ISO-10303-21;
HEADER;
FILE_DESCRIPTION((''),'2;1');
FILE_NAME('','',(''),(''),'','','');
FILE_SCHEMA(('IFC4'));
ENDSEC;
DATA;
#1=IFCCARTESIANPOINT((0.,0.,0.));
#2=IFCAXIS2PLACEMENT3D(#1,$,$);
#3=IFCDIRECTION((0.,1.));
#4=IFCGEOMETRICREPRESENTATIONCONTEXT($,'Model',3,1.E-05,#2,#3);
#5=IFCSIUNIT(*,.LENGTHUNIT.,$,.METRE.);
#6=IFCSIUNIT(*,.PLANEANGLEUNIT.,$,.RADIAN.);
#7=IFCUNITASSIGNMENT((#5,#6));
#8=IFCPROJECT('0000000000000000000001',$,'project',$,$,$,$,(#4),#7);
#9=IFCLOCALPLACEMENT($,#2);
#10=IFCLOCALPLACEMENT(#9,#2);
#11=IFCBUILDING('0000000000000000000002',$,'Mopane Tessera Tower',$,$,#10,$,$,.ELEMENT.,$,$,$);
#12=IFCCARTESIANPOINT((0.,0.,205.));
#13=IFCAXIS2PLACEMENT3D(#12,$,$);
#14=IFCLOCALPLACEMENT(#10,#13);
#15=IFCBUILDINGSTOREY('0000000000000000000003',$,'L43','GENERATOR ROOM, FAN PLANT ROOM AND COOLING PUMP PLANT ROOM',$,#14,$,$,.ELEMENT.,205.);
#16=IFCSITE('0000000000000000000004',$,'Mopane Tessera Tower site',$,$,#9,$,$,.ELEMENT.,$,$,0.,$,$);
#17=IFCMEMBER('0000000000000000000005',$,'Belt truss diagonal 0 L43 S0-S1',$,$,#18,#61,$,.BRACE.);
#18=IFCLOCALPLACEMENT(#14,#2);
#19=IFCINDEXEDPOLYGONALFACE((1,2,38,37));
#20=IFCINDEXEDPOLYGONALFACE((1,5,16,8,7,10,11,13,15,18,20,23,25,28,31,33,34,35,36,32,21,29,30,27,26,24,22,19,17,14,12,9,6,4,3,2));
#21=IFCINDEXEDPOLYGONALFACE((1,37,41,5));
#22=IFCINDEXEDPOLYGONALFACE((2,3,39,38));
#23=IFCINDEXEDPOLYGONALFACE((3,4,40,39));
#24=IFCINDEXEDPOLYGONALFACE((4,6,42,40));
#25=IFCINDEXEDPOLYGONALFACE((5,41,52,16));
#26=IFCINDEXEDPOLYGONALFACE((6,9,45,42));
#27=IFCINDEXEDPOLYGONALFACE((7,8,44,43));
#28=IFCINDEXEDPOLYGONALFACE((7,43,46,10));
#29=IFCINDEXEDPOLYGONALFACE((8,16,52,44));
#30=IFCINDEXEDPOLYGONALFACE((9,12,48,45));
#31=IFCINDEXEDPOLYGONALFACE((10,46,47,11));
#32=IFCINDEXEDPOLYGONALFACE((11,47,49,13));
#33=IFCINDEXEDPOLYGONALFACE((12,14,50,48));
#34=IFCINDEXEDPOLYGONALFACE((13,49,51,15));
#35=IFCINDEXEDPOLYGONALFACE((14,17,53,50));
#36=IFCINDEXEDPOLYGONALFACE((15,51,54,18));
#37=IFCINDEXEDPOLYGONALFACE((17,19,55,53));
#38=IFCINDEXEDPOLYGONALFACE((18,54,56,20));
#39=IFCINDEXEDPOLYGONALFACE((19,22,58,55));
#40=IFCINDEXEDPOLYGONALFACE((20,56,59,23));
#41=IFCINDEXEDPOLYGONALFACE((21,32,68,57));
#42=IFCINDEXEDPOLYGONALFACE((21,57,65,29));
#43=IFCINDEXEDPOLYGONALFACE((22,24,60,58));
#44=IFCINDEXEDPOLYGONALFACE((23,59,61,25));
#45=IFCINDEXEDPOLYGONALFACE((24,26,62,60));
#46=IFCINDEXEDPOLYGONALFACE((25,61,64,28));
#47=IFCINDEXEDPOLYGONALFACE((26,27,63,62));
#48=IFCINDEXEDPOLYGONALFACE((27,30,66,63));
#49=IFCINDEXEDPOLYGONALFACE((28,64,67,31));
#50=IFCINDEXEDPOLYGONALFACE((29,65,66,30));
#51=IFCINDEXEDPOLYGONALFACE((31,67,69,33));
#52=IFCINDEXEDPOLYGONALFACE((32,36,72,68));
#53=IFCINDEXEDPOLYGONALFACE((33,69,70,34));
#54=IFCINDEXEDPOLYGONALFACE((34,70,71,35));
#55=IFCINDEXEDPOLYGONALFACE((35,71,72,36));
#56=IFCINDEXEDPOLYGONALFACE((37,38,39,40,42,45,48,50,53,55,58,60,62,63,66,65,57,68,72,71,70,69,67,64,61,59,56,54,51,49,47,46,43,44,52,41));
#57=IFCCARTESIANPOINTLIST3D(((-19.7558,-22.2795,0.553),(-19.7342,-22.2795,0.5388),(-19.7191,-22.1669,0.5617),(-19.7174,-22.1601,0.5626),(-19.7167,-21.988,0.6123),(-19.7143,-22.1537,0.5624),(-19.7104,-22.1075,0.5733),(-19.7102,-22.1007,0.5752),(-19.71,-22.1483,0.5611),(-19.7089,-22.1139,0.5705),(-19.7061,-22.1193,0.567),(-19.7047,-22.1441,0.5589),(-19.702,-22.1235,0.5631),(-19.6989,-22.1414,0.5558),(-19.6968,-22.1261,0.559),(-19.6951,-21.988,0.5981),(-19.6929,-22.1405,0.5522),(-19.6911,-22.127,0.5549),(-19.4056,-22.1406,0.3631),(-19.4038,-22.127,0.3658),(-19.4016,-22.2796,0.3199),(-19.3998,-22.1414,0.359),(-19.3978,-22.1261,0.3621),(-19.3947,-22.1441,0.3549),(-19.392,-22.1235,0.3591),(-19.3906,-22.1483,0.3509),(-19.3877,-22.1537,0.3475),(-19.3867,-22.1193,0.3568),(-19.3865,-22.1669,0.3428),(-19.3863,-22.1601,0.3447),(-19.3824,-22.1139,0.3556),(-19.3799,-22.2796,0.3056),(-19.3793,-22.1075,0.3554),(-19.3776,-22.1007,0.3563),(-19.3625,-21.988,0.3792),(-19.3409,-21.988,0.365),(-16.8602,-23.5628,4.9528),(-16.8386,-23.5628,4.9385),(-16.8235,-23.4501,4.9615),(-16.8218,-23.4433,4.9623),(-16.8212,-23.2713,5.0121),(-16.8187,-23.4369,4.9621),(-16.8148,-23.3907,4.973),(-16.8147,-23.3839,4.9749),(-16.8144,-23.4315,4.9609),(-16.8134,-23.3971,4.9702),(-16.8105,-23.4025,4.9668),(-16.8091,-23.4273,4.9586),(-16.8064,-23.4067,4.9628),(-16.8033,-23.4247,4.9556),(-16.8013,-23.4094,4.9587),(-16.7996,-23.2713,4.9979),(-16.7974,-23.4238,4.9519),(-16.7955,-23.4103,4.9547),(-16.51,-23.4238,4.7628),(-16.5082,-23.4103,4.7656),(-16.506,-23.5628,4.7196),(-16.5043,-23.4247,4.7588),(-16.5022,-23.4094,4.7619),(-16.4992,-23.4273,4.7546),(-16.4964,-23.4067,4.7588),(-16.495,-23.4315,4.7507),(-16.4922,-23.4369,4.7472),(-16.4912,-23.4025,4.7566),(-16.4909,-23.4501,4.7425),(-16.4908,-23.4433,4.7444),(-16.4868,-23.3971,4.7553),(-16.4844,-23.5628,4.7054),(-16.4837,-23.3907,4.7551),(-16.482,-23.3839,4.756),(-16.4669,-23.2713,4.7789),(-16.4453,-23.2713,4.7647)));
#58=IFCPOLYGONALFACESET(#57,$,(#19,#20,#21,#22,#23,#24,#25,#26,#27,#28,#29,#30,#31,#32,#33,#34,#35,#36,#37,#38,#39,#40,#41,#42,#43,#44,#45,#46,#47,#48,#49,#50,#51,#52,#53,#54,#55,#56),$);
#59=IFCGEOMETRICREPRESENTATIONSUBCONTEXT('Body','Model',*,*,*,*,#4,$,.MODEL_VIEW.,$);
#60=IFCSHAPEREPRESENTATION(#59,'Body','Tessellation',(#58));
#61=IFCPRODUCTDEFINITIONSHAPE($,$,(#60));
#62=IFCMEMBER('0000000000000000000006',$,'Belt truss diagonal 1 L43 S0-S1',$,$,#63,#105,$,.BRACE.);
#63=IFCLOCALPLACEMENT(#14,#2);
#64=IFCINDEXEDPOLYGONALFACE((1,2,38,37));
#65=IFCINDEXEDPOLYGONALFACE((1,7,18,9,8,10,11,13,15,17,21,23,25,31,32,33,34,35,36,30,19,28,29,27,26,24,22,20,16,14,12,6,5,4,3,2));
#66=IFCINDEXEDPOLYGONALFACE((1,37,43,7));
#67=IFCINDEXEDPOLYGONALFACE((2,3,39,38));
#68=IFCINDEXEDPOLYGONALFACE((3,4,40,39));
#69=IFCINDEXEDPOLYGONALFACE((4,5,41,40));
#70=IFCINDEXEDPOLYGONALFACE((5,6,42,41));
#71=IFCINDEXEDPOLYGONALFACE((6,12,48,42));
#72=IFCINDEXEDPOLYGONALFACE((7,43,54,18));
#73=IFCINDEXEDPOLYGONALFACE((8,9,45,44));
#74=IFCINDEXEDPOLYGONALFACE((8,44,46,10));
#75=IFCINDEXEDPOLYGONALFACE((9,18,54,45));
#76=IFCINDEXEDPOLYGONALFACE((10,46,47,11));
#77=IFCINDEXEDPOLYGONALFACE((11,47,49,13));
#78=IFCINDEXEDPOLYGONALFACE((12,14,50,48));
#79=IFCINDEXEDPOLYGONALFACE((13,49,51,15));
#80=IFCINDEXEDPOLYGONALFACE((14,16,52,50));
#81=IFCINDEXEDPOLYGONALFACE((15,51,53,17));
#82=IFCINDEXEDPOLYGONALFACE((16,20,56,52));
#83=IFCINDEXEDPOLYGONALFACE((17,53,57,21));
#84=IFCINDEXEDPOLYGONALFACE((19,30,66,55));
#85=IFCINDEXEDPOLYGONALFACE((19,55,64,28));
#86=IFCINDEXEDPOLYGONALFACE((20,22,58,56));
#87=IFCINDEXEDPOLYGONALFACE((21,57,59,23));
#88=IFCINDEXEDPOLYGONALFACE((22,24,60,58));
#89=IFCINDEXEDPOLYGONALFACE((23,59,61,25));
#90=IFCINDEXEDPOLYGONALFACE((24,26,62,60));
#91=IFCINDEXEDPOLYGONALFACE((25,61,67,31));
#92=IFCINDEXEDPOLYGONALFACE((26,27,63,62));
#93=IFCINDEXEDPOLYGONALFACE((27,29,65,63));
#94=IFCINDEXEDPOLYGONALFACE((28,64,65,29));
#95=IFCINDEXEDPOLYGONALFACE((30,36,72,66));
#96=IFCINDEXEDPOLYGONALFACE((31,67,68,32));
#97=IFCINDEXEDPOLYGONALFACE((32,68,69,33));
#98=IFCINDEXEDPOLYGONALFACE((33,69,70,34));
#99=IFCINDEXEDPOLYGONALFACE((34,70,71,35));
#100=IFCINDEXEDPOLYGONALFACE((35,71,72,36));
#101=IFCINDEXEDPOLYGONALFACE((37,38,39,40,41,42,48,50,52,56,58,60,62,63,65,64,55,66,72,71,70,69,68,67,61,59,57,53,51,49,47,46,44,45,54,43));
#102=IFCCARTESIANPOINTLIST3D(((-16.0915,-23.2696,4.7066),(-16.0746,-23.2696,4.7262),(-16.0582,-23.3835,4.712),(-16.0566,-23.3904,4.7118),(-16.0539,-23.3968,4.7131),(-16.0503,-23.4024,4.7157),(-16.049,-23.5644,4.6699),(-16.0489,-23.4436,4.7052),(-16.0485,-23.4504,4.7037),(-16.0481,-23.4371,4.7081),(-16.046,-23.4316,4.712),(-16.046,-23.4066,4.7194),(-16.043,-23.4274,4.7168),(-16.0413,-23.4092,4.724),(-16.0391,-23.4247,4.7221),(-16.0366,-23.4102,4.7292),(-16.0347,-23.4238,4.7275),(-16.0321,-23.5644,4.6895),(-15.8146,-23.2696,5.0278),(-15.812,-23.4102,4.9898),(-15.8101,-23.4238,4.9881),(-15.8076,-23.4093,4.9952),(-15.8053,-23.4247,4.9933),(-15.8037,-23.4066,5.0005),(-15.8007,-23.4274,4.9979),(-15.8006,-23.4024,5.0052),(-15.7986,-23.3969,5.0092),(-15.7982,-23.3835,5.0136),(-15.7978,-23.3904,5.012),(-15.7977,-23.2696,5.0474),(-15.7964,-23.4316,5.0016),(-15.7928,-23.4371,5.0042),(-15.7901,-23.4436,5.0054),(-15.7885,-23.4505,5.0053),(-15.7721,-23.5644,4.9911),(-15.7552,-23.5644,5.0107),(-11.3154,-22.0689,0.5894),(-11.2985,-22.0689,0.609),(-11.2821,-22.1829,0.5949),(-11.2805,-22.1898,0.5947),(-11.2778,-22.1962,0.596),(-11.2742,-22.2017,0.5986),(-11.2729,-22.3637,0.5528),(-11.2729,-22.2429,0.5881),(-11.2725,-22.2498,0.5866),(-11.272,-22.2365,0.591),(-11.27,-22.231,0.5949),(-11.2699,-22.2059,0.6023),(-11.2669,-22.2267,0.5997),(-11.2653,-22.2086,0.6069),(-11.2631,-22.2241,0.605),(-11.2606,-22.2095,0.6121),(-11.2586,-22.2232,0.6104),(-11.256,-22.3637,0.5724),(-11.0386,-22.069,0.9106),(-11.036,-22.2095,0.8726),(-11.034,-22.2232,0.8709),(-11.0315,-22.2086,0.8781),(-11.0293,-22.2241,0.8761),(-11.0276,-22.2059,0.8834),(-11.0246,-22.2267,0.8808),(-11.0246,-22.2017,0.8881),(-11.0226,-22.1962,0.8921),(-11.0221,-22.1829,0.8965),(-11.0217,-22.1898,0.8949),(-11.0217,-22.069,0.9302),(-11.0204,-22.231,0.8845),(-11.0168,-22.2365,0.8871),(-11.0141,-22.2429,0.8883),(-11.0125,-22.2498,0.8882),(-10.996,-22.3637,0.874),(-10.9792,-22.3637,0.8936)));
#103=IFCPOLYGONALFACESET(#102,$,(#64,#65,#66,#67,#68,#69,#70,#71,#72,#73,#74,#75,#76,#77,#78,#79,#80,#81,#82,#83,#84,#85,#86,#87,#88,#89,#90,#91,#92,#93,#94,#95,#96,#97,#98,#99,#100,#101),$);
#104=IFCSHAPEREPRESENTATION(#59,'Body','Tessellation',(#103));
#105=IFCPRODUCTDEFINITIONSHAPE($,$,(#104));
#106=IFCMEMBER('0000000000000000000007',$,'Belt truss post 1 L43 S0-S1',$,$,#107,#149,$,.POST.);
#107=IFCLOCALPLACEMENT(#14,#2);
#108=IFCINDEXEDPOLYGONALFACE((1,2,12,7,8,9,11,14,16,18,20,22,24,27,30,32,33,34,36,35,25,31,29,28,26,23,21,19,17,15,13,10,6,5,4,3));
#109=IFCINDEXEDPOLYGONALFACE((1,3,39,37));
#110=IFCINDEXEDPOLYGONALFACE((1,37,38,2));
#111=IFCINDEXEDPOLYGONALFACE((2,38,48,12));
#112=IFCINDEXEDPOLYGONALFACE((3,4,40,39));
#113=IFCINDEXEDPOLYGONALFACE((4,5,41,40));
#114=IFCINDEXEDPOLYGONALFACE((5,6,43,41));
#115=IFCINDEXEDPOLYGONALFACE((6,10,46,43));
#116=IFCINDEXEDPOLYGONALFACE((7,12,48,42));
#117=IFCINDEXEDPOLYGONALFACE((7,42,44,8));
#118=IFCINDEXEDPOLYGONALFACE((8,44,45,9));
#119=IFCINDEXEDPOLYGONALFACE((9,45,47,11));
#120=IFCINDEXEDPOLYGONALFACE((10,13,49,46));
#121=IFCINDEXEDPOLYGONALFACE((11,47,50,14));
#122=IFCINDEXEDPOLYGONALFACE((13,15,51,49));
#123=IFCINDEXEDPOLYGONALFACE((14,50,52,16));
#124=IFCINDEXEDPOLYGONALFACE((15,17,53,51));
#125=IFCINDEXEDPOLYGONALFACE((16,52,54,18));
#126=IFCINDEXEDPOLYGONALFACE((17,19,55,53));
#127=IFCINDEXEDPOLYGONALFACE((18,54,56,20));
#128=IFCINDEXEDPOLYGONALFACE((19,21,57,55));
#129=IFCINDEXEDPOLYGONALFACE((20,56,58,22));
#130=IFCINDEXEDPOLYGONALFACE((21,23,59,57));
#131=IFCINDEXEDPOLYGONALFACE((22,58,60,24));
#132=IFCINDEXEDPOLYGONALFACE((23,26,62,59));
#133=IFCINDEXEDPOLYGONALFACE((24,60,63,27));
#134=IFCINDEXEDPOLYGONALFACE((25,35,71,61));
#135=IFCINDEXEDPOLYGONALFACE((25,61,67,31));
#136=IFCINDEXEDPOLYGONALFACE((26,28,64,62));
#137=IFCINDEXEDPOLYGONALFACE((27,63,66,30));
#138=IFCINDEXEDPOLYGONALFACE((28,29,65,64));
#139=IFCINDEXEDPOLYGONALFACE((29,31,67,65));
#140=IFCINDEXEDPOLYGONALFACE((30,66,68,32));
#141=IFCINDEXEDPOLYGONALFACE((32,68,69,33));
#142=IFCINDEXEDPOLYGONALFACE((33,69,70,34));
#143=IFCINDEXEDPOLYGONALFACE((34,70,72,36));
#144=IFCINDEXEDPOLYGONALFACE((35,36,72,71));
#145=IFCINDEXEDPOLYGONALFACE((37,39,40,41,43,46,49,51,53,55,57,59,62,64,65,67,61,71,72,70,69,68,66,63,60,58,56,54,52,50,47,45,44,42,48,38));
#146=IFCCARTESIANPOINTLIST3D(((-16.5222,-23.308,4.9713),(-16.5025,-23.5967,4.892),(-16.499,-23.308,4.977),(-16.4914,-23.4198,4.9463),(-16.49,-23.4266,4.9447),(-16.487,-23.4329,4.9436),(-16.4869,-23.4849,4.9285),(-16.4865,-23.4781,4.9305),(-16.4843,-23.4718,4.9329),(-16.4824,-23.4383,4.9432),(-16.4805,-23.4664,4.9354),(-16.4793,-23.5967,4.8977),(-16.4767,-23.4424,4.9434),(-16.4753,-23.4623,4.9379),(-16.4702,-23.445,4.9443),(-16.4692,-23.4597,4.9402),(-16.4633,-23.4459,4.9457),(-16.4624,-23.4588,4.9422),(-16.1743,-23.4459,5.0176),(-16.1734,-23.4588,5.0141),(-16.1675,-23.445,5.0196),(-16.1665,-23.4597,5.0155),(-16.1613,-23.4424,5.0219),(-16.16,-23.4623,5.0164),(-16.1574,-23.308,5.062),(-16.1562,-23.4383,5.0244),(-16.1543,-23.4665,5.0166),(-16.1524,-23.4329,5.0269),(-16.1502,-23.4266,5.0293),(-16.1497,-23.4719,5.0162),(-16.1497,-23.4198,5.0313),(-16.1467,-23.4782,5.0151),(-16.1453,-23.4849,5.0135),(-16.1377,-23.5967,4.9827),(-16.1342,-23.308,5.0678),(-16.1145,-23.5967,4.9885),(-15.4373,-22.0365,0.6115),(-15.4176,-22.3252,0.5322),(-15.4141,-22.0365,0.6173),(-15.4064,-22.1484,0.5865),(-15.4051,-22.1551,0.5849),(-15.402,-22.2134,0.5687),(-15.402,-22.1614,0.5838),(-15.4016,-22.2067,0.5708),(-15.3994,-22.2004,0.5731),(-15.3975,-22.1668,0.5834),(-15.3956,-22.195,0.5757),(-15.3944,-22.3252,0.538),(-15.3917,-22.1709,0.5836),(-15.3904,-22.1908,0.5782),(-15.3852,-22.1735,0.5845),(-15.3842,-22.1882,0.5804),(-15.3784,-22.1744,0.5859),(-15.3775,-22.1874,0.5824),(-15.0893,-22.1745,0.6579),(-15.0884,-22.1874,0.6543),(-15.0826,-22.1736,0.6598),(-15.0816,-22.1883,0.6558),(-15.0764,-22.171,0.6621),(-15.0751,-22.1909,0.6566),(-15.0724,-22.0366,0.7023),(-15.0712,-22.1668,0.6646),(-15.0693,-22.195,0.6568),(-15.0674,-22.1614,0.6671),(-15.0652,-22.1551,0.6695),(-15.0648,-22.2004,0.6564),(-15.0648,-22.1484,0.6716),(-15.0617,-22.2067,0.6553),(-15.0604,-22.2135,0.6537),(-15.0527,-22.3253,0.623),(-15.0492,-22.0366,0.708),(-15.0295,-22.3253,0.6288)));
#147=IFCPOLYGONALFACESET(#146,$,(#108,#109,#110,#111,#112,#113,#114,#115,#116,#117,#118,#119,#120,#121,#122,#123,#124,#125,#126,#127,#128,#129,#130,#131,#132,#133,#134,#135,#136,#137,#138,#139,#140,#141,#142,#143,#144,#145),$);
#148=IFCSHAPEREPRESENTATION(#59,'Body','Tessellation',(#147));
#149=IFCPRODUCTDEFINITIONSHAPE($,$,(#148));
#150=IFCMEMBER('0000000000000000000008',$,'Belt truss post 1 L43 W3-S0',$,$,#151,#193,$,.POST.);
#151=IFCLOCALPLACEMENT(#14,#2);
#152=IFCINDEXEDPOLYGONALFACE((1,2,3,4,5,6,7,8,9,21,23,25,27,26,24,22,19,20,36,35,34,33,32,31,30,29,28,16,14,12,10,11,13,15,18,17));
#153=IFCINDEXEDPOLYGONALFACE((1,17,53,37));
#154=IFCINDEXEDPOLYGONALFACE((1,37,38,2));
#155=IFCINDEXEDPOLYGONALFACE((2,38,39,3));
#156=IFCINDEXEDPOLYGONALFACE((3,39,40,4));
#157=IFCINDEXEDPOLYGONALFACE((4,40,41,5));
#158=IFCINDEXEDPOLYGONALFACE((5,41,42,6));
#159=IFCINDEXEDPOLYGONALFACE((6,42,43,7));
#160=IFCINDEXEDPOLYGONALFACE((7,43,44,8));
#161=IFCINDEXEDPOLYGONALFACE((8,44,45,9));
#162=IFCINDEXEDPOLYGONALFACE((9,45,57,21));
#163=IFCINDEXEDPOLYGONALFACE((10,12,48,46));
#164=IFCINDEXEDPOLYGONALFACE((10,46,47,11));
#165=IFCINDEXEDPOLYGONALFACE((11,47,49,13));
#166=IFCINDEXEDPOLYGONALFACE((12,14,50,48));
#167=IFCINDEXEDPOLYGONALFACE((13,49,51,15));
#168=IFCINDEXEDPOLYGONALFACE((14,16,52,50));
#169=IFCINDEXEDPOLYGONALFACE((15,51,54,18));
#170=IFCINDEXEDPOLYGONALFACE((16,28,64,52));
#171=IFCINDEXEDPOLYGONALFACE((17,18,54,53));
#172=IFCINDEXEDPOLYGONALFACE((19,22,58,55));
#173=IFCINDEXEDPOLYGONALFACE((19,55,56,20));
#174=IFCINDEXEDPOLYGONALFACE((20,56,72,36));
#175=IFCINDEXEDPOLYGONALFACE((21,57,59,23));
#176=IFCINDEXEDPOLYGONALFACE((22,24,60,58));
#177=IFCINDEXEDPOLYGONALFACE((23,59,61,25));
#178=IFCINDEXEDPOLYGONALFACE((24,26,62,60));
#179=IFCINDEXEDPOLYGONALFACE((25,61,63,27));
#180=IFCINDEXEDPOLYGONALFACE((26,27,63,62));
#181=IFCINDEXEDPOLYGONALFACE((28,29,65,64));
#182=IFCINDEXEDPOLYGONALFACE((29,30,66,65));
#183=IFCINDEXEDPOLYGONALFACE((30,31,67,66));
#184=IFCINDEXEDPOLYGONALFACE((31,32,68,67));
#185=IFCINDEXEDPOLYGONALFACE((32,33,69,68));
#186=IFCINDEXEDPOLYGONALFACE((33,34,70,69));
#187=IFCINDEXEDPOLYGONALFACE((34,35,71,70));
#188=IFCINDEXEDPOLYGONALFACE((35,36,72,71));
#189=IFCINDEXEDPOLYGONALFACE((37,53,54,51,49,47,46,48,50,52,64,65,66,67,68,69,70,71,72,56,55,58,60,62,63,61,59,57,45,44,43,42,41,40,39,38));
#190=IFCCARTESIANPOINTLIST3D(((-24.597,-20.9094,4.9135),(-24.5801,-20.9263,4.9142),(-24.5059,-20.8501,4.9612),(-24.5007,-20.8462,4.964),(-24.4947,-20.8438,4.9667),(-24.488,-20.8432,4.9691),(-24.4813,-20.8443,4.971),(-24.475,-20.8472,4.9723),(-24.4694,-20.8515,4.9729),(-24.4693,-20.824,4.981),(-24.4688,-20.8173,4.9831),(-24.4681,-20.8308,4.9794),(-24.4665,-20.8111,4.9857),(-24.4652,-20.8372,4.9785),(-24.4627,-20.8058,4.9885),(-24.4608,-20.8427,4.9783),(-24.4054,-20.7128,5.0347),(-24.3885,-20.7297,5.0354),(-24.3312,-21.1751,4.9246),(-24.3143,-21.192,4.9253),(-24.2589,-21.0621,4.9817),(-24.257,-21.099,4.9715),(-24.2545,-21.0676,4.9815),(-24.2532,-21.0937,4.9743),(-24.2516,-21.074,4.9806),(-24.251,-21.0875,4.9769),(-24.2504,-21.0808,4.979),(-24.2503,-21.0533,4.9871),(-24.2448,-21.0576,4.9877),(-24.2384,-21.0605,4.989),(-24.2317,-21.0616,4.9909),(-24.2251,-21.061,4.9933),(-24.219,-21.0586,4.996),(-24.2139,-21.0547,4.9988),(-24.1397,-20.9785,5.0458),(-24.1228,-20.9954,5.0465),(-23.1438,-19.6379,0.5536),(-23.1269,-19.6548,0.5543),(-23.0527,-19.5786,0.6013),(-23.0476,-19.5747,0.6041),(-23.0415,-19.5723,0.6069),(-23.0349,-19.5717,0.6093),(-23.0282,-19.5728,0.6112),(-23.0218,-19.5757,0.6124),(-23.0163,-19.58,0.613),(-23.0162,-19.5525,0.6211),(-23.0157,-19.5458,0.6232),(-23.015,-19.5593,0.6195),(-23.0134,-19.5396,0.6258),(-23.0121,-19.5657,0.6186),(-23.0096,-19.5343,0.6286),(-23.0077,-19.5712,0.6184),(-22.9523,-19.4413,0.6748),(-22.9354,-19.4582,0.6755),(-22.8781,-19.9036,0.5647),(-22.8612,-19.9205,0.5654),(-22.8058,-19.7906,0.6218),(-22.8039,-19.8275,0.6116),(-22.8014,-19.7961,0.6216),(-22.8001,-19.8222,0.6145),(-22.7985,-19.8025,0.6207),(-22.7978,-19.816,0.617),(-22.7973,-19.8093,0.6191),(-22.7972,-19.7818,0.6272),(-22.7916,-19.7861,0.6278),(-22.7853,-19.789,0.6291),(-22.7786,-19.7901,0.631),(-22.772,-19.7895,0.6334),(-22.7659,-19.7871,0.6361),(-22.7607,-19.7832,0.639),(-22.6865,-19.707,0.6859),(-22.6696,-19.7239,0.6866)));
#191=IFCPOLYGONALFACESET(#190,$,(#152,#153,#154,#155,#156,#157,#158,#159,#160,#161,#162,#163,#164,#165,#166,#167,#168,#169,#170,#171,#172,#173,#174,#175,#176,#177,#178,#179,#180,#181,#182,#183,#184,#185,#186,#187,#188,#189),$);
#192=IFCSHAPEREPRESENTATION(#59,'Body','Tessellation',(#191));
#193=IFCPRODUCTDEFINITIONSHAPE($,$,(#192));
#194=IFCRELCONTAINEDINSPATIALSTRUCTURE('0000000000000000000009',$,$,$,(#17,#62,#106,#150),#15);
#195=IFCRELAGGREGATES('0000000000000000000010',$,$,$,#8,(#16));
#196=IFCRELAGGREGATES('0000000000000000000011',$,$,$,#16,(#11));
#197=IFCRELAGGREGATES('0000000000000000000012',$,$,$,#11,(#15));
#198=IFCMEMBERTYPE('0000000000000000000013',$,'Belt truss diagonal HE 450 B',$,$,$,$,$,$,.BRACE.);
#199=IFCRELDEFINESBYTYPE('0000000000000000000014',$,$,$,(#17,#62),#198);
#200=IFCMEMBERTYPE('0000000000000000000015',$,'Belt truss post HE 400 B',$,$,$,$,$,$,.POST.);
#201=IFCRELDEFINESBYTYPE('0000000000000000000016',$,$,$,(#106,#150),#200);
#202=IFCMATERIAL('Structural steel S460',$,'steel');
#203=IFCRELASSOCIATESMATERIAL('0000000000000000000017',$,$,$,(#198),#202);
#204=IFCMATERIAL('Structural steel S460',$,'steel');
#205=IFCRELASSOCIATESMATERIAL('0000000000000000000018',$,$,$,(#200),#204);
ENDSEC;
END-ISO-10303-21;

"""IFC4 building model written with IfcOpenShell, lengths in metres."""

from ifc_helpers import new_model, si_unit, direction, frame, origin, origin_2d, place, context, subcontext, project, spatial, i_section, extrude, material, material_profile, profile_set, type_object, element, save


model = new_model("IFC4")

# Units and contexts
model_context = context("Model", 3, precision=1e-05, world=origin(), true_north=direction((0.0, 1.0)))
body_context = subcontext(model_context, "Body", "Model", "MODEL_VIEW")
ifc_project = project(units=[si_unit("LENGTHUNIT", "METRE"), si_unit("PLANEANGLEUNIT", "RADIAN")], contexts=[model_context])

# Site, building, storey
site_placement = place(None, origin())
site = spatial("IfcSite", under=ifc_project, at=site_placement, Name="Mopane Tessera Tower site", CompositionType="ELEMENT", RefElevation=0.0)
building_placement = place(site_placement, origin())
building = spatial("IfcBuilding", under=site, at=building_placement, Name="Mopane Tessera Tower", CompositionType="ELEMENT")
storey_placement = place(building_placement, frame((0.0, 0.0, 205.0)))
storey = spatial("IfcBuildingStorey", under=building, at=storey_placement, Name="L43", Description="GENERATOR ROOM, FAN PLANT ROOM AND COOLING PUMP PLANT ROOM", CompositionType="ELEMENT", Elevation=205.0)

# Members
ifc_material_1 = material(Name="Structural steel S460", Category="steel")
ifc_material_profile_1 = material_profile(ifc_material_1, i_section(OverallWidth=0.3, OverallDepth=0.45, WebThickness=0.0139, FlangeThickness=0.0259, FilletRadius=0.0271, at=origin_2d()))
ifc_profile_set_1 = profile_set([ifc_material_profile_1], Name="Structural steel S460")
member_type_1 = type_object("IfcMemberType", Name="Belt truss diagonal HE 450 B", PredefinedType="BRACE", material=ifc_profile_set_1)
member_1_placement = place(storey_placement, frame((-19.5483, -22.1338, 0.459), z_axis=(0.534125, -0.236708, 0.811591), x_axis=(0.130134, 0.971581, 0.197727)))
element("IfcMember", 1, at=member_1_placement, inside=storey, type_object=member_type_1, Name="Belt truss diagonal 0 L43 S0-S1", PredefinedType="BRACE", context=body_context, shape_type="SweptSolid", body=[
    extrude(i_section(OverallWidth=0.3, OverallDepth=0.45, WebThickness=0.0139, FlangeThickness=0.0259, FilletRadius=0.0271, at=origin_2d()), origin(), (0.0, 0.0, 1.0), 5.4211),
])
member_2_placement = place(storey_placement, frame((-15.9233, -23.417, 4.8586), z_axis=(0.744054, 0.18705, -0.641401), x_axis=(-0.141659, 0.98235, 0.122149)))
element("IfcMember", 2, at=member_2_placement, inside=storey, type_object=member_type_1, Name="Belt truss diagonal 1 L43 S0-S1", PredefinedType="BRACE", context=body_context, shape_type="SweptSolid", body=[
    extrude(i_section(OverallWidth=0.3, OverallDepth=0.45, WebThickness=0.0139, FlangeThickness=0.0259, FilletRadius=0.0271, at=origin_2d()), origin(), (0.0, 0.0, 1.0), 6.4189),
])
ifc_material_2 = material(Name="Structural steel S460", Category="steel")
ifc_material_profile_2 = material_profile(ifc_material_2, i_section(OverallWidth=0.3, OverallDepth=0.3999, WebThickness=0.0134, FlangeThickness=0.0239, FilletRadius=0.0271, at=origin_2d()))
ifc_profile_set_2 = profile_set([ifc_material_profile_2], Name="Structural steel S460")
member_type_2 = type_object("IfcMemberType", Name="Belt truss post HE 400 B", PredefinedType="POST", material=ifc_profile_set_2)
member_3_placement = place(storey_placement, frame((-15.2334, -22.1809, 0.6201), z_axis=(-0.232361, -0.272308, 0.933733), x_axis=(-0.065662, 0.96221, 0.264273)))
element("IfcMember", 3, at=member_3_placement, inside=storey, type_object=member_type_2, Name="Belt truss post 1 L43 S0-S1", PredefinedType="POST", context=body_context, shape_type="SweptSolid", body=[
    extrude(i_section(OverallWidth=0.3, OverallDepth=0.3999, WebThickness=0.0134, FlangeThickness=0.0239, FilletRadius=0.0271, at=origin_2d()), origin(), (0.0, 0.0, 1.0), 4.6692),
])
member_4_placement = place(storey_placement, frame((-22.9067, -19.6809, 0.6201), z_axis=(-0.304747, -0.266654, 0.914344), x_axis=(0.638405, 0.655233, 0.403866)))
element("IfcMember", 4, at=member_4_placement, inside=storey, type_object=member_type_2, Name="Belt truss post 1 L43 W3-S0", PredefinedType="POST", context=body_context, shape_type="SweptSolid", body=[
    extrude(i_section(OverallWidth=0.3, OverallDepth=0.3999, WebThickness=0.0134, FlangeThickness=0.0239, FilletRadius=0.0271, at=origin_2d()), origin(), (0.0, 0.0, 1.0), 4.7683),
])

save(model, "model.ifc")
